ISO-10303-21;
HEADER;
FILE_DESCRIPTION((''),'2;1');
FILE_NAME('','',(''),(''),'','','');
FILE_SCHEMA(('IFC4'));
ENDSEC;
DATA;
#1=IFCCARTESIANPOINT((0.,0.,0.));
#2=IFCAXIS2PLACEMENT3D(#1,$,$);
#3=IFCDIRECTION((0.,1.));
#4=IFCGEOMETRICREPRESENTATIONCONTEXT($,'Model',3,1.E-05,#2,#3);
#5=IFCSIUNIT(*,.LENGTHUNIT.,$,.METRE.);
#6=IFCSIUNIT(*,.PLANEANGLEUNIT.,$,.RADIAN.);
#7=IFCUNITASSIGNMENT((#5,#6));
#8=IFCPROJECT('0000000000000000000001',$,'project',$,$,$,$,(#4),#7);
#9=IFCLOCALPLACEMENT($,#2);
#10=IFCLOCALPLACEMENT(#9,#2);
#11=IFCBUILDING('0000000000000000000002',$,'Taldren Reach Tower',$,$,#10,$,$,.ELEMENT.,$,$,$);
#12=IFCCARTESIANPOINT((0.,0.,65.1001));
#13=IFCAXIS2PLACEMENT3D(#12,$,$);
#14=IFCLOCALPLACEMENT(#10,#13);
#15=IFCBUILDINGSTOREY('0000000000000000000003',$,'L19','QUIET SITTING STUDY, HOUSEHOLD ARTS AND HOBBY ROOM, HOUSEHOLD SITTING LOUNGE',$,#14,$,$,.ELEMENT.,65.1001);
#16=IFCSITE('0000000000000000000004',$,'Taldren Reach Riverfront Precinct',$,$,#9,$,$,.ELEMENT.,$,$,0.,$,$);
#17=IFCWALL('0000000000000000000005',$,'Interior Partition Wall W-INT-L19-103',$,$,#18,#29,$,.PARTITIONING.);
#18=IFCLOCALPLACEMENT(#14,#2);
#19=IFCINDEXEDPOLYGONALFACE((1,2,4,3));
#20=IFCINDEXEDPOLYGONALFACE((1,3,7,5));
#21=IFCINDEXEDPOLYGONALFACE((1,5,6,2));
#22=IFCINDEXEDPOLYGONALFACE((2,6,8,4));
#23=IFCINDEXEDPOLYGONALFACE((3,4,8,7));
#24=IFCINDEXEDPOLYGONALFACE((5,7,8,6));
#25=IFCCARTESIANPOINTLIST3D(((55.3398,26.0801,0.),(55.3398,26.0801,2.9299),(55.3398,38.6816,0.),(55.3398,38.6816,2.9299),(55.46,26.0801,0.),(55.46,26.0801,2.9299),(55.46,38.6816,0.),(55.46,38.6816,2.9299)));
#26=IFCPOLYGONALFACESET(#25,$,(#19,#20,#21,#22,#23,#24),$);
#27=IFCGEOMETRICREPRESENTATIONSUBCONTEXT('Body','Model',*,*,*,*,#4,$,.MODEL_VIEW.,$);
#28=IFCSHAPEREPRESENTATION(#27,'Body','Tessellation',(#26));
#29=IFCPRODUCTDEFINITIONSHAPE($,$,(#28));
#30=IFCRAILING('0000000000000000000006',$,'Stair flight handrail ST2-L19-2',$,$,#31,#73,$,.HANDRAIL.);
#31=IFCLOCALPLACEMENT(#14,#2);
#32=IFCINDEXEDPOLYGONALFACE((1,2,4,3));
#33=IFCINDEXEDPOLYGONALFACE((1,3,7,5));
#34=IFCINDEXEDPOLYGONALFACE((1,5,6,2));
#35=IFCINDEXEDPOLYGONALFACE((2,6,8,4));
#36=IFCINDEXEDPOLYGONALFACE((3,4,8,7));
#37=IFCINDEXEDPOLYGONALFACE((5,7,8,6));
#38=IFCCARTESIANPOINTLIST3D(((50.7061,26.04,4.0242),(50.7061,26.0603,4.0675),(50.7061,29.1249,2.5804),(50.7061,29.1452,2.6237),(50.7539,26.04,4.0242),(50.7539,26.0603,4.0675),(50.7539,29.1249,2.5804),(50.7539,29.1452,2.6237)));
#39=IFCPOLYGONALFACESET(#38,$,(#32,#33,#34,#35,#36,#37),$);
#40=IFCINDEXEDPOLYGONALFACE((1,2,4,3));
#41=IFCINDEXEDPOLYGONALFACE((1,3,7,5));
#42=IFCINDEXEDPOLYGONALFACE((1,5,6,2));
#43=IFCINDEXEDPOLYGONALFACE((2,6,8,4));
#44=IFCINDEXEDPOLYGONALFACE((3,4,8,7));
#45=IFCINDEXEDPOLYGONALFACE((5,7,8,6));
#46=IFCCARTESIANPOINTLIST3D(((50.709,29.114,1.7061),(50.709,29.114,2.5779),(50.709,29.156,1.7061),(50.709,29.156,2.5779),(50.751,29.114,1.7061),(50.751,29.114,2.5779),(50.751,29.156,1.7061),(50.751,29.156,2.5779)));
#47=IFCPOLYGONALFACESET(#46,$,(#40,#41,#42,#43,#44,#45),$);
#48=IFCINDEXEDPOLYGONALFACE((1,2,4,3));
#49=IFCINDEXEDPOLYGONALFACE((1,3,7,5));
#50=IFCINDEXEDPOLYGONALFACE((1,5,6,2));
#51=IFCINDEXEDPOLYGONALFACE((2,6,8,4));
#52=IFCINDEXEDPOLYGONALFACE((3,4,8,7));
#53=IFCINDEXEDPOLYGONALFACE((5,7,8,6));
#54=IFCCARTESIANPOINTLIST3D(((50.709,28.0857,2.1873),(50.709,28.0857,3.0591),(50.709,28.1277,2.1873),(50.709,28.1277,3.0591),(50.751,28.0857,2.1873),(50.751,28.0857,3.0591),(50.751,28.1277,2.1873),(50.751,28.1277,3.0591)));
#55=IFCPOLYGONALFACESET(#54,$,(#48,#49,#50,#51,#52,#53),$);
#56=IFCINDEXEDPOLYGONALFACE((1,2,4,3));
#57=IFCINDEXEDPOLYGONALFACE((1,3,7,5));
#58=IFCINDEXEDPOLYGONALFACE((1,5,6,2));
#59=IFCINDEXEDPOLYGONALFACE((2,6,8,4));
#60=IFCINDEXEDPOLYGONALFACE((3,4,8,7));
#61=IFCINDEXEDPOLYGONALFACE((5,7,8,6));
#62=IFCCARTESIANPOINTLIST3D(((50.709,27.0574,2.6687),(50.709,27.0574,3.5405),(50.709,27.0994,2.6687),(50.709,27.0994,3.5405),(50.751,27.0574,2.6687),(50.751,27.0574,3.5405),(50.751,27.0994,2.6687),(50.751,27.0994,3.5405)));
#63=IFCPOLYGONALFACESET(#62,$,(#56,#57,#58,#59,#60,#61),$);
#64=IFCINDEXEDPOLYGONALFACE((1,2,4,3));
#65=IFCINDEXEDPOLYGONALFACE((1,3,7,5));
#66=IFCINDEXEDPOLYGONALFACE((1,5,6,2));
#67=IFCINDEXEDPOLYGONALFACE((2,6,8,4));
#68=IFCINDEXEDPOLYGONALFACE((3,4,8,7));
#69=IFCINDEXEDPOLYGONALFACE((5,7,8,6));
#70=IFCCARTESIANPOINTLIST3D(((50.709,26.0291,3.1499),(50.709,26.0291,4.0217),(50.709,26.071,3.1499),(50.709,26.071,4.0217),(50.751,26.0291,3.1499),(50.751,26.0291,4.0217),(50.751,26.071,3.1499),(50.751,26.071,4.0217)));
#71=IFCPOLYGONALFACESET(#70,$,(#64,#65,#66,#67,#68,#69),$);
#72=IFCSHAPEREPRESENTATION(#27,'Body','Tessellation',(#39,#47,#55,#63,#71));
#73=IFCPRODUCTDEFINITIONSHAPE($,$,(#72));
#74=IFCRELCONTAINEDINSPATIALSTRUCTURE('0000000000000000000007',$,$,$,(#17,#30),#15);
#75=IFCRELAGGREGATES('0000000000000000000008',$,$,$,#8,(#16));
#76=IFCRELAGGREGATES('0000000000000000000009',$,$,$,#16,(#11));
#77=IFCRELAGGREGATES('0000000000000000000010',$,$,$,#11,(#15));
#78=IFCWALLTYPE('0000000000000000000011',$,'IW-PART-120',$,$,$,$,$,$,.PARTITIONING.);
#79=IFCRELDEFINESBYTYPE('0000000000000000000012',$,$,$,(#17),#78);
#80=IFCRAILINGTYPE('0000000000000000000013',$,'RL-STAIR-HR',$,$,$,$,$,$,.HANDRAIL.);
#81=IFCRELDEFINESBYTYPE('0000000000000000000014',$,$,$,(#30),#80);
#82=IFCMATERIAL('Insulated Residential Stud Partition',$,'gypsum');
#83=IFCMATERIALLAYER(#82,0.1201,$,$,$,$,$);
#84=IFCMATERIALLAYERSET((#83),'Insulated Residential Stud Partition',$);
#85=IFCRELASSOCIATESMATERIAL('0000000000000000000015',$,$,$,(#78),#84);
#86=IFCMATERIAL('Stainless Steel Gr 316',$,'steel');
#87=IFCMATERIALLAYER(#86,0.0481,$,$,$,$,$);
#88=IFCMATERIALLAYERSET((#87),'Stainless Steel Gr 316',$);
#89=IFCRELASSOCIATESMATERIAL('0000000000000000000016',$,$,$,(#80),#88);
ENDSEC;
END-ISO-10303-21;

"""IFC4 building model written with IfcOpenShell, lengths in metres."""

from ifc_helpers import new_model, si_unit, direction, frame, frame_2d, origin, origin_2d, place, context, subcontext, project, spatial, rectangle, extrude, source, transform, mapped, material, layer, layer_set, type_object, element, save


model = new_model("IFC4")

# Units and contexts
model_context = context("Model", 3, precision=1e-05, world=origin(), true_north=direction((0.0, 1.0)))
body_context = subcontext(model_context, "Body", "Model", "MODEL_VIEW")
ifc_project = project(units=[si_unit("LENGTHUNIT", "METRE"), si_unit("PLANEANGLEUNIT", "RADIAN")], contexts=[model_context])

# Site, building, storey
site_placement = place(None, origin())
site = spatial("IfcSite", under=ifc_project, at=site_placement, Name="Taldren Reach Riverfront Precinct", CompositionType="ELEMENT", RefElevation=0.0)
building_placement = place(site_placement, origin())
building = spatial("IfcBuilding", under=site, at=building_placement, Name="Taldren Reach Tower", CompositionType="ELEMENT")
storey_placement = place(building_placement, frame((0.0, 0.0, 65.1001)))
storey = spatial("IfcBuildingStorey", under=building, at=storey_placement, Name="L19", Description="QUIET SITTING STUDY, HOUSEHOLD ARTS AND HOBBY ROOM, HOUSEHOLD SITTING LOUNGE", CompositionType="ELEMENT", Elevation=65.1001)

# Shared definitions
ifc_material_1 = material(Name="Insulated Residential Stud Partition", Category="gypsum")
ifc_layer_1 = layer(ifc_material_1, 0.1201)
ifc_layer_set_1 = layer_set([ifc_layer_1], Name="Insulated Residential Stud Partition")
wall_type_1 = type_object("IfcWallType", Name="IW-PART-120", PredefinedType="PARTITIONING", material=ifc_layer_set_1)

# Wall
shared_shape_1 = source(origin(), body_context, "Body", "SweptSolid", [
    extrude(rectangle(XDim=12.6016, YDim=0.1201, at=frame_2d((6.3008, 0.0))), origin(), (0.0, 0.0, 1.0), 2.9299),
])
wall_1_placement = place(storey_placement, frame((55.3999, 26.0801, 0.0), z_axis=(0.0, 0.0, 1.0), x_axis=(0.0, 1.0, 0.0)))
element("IfcWall", 1, at=wall_1_placement, inside=storey, type_object=wall_type_1, Name="Interior Partition Wall W-INT-L19-103", PredefinedType="PARTITIONING", context=body_context, shape_type="MappedRepresentation", body=[
    mapped(shared_shape_1, transform((0.0, 0.0, 0.0), scale=1.0)),
])

# Railing
ifc_material_2 = material(Name="Stainless Steel Gr 316", Category="steel")
ifc_layer_2 = layer(ifc_material_2, 0.0481)
ifc_layer_set_2 = layer_set([ifc_layer_2], Name="Stainless Steel Gr 316")
railing_type = type_object("IfcRailingType", Name="RL-STAIR-HR", PredefinedType="HANDRAIL", material=ifc_layer_set_2)
railing_placement = place(storey_placement, frame((50.73, 29.135, 1.7061)))
element("IfcRailing", 2, at=railing_placement, inside=storey, type_object=railing_type, Name="Stair flight handrail ST2-L19-2", PredefinedType="HANDRAIL", context=body_context, shape_type="SweptSolid", body=[
    extrude(rectangle(XDim=0.0479, YDim=0.0479, at=origin_2d()), frame((0.0, 0.0, 0.896), z_axis=(0.0, -0.90571, 0.423898), x_axis=(1.0, 0.0, 0.0)), (0.0, 0.0, 1.0), 3.406),
    extrude(rectangle(XDim=0.042, YDim=0.042, at=origin_2d()), origin(), (0.0, 0.0, 1.0), 0.8718),
    extrude(rectangle(XDim=0.042, YDim=0.042, at=origin_2d()), frame((0.0, -1.0283, 0.4812)), (0.0, 0.0, 1.0), 0.8718),
    extrude(rectangle(XDim=0.042, YDim=0.042, at=origin_2d()), frame((0.0, -2.0566, 0.9626)), (0.0, 0.0, 1.0), 0.8718),
    extrude(rectangle(XDim=0.042, YDim=0.042, at=origin_2d()), frame((0.0, -3.085, 1.4438)), (0.0, 0.0, 1.0), 0.8718),
])

save(model, "model.ifc")
